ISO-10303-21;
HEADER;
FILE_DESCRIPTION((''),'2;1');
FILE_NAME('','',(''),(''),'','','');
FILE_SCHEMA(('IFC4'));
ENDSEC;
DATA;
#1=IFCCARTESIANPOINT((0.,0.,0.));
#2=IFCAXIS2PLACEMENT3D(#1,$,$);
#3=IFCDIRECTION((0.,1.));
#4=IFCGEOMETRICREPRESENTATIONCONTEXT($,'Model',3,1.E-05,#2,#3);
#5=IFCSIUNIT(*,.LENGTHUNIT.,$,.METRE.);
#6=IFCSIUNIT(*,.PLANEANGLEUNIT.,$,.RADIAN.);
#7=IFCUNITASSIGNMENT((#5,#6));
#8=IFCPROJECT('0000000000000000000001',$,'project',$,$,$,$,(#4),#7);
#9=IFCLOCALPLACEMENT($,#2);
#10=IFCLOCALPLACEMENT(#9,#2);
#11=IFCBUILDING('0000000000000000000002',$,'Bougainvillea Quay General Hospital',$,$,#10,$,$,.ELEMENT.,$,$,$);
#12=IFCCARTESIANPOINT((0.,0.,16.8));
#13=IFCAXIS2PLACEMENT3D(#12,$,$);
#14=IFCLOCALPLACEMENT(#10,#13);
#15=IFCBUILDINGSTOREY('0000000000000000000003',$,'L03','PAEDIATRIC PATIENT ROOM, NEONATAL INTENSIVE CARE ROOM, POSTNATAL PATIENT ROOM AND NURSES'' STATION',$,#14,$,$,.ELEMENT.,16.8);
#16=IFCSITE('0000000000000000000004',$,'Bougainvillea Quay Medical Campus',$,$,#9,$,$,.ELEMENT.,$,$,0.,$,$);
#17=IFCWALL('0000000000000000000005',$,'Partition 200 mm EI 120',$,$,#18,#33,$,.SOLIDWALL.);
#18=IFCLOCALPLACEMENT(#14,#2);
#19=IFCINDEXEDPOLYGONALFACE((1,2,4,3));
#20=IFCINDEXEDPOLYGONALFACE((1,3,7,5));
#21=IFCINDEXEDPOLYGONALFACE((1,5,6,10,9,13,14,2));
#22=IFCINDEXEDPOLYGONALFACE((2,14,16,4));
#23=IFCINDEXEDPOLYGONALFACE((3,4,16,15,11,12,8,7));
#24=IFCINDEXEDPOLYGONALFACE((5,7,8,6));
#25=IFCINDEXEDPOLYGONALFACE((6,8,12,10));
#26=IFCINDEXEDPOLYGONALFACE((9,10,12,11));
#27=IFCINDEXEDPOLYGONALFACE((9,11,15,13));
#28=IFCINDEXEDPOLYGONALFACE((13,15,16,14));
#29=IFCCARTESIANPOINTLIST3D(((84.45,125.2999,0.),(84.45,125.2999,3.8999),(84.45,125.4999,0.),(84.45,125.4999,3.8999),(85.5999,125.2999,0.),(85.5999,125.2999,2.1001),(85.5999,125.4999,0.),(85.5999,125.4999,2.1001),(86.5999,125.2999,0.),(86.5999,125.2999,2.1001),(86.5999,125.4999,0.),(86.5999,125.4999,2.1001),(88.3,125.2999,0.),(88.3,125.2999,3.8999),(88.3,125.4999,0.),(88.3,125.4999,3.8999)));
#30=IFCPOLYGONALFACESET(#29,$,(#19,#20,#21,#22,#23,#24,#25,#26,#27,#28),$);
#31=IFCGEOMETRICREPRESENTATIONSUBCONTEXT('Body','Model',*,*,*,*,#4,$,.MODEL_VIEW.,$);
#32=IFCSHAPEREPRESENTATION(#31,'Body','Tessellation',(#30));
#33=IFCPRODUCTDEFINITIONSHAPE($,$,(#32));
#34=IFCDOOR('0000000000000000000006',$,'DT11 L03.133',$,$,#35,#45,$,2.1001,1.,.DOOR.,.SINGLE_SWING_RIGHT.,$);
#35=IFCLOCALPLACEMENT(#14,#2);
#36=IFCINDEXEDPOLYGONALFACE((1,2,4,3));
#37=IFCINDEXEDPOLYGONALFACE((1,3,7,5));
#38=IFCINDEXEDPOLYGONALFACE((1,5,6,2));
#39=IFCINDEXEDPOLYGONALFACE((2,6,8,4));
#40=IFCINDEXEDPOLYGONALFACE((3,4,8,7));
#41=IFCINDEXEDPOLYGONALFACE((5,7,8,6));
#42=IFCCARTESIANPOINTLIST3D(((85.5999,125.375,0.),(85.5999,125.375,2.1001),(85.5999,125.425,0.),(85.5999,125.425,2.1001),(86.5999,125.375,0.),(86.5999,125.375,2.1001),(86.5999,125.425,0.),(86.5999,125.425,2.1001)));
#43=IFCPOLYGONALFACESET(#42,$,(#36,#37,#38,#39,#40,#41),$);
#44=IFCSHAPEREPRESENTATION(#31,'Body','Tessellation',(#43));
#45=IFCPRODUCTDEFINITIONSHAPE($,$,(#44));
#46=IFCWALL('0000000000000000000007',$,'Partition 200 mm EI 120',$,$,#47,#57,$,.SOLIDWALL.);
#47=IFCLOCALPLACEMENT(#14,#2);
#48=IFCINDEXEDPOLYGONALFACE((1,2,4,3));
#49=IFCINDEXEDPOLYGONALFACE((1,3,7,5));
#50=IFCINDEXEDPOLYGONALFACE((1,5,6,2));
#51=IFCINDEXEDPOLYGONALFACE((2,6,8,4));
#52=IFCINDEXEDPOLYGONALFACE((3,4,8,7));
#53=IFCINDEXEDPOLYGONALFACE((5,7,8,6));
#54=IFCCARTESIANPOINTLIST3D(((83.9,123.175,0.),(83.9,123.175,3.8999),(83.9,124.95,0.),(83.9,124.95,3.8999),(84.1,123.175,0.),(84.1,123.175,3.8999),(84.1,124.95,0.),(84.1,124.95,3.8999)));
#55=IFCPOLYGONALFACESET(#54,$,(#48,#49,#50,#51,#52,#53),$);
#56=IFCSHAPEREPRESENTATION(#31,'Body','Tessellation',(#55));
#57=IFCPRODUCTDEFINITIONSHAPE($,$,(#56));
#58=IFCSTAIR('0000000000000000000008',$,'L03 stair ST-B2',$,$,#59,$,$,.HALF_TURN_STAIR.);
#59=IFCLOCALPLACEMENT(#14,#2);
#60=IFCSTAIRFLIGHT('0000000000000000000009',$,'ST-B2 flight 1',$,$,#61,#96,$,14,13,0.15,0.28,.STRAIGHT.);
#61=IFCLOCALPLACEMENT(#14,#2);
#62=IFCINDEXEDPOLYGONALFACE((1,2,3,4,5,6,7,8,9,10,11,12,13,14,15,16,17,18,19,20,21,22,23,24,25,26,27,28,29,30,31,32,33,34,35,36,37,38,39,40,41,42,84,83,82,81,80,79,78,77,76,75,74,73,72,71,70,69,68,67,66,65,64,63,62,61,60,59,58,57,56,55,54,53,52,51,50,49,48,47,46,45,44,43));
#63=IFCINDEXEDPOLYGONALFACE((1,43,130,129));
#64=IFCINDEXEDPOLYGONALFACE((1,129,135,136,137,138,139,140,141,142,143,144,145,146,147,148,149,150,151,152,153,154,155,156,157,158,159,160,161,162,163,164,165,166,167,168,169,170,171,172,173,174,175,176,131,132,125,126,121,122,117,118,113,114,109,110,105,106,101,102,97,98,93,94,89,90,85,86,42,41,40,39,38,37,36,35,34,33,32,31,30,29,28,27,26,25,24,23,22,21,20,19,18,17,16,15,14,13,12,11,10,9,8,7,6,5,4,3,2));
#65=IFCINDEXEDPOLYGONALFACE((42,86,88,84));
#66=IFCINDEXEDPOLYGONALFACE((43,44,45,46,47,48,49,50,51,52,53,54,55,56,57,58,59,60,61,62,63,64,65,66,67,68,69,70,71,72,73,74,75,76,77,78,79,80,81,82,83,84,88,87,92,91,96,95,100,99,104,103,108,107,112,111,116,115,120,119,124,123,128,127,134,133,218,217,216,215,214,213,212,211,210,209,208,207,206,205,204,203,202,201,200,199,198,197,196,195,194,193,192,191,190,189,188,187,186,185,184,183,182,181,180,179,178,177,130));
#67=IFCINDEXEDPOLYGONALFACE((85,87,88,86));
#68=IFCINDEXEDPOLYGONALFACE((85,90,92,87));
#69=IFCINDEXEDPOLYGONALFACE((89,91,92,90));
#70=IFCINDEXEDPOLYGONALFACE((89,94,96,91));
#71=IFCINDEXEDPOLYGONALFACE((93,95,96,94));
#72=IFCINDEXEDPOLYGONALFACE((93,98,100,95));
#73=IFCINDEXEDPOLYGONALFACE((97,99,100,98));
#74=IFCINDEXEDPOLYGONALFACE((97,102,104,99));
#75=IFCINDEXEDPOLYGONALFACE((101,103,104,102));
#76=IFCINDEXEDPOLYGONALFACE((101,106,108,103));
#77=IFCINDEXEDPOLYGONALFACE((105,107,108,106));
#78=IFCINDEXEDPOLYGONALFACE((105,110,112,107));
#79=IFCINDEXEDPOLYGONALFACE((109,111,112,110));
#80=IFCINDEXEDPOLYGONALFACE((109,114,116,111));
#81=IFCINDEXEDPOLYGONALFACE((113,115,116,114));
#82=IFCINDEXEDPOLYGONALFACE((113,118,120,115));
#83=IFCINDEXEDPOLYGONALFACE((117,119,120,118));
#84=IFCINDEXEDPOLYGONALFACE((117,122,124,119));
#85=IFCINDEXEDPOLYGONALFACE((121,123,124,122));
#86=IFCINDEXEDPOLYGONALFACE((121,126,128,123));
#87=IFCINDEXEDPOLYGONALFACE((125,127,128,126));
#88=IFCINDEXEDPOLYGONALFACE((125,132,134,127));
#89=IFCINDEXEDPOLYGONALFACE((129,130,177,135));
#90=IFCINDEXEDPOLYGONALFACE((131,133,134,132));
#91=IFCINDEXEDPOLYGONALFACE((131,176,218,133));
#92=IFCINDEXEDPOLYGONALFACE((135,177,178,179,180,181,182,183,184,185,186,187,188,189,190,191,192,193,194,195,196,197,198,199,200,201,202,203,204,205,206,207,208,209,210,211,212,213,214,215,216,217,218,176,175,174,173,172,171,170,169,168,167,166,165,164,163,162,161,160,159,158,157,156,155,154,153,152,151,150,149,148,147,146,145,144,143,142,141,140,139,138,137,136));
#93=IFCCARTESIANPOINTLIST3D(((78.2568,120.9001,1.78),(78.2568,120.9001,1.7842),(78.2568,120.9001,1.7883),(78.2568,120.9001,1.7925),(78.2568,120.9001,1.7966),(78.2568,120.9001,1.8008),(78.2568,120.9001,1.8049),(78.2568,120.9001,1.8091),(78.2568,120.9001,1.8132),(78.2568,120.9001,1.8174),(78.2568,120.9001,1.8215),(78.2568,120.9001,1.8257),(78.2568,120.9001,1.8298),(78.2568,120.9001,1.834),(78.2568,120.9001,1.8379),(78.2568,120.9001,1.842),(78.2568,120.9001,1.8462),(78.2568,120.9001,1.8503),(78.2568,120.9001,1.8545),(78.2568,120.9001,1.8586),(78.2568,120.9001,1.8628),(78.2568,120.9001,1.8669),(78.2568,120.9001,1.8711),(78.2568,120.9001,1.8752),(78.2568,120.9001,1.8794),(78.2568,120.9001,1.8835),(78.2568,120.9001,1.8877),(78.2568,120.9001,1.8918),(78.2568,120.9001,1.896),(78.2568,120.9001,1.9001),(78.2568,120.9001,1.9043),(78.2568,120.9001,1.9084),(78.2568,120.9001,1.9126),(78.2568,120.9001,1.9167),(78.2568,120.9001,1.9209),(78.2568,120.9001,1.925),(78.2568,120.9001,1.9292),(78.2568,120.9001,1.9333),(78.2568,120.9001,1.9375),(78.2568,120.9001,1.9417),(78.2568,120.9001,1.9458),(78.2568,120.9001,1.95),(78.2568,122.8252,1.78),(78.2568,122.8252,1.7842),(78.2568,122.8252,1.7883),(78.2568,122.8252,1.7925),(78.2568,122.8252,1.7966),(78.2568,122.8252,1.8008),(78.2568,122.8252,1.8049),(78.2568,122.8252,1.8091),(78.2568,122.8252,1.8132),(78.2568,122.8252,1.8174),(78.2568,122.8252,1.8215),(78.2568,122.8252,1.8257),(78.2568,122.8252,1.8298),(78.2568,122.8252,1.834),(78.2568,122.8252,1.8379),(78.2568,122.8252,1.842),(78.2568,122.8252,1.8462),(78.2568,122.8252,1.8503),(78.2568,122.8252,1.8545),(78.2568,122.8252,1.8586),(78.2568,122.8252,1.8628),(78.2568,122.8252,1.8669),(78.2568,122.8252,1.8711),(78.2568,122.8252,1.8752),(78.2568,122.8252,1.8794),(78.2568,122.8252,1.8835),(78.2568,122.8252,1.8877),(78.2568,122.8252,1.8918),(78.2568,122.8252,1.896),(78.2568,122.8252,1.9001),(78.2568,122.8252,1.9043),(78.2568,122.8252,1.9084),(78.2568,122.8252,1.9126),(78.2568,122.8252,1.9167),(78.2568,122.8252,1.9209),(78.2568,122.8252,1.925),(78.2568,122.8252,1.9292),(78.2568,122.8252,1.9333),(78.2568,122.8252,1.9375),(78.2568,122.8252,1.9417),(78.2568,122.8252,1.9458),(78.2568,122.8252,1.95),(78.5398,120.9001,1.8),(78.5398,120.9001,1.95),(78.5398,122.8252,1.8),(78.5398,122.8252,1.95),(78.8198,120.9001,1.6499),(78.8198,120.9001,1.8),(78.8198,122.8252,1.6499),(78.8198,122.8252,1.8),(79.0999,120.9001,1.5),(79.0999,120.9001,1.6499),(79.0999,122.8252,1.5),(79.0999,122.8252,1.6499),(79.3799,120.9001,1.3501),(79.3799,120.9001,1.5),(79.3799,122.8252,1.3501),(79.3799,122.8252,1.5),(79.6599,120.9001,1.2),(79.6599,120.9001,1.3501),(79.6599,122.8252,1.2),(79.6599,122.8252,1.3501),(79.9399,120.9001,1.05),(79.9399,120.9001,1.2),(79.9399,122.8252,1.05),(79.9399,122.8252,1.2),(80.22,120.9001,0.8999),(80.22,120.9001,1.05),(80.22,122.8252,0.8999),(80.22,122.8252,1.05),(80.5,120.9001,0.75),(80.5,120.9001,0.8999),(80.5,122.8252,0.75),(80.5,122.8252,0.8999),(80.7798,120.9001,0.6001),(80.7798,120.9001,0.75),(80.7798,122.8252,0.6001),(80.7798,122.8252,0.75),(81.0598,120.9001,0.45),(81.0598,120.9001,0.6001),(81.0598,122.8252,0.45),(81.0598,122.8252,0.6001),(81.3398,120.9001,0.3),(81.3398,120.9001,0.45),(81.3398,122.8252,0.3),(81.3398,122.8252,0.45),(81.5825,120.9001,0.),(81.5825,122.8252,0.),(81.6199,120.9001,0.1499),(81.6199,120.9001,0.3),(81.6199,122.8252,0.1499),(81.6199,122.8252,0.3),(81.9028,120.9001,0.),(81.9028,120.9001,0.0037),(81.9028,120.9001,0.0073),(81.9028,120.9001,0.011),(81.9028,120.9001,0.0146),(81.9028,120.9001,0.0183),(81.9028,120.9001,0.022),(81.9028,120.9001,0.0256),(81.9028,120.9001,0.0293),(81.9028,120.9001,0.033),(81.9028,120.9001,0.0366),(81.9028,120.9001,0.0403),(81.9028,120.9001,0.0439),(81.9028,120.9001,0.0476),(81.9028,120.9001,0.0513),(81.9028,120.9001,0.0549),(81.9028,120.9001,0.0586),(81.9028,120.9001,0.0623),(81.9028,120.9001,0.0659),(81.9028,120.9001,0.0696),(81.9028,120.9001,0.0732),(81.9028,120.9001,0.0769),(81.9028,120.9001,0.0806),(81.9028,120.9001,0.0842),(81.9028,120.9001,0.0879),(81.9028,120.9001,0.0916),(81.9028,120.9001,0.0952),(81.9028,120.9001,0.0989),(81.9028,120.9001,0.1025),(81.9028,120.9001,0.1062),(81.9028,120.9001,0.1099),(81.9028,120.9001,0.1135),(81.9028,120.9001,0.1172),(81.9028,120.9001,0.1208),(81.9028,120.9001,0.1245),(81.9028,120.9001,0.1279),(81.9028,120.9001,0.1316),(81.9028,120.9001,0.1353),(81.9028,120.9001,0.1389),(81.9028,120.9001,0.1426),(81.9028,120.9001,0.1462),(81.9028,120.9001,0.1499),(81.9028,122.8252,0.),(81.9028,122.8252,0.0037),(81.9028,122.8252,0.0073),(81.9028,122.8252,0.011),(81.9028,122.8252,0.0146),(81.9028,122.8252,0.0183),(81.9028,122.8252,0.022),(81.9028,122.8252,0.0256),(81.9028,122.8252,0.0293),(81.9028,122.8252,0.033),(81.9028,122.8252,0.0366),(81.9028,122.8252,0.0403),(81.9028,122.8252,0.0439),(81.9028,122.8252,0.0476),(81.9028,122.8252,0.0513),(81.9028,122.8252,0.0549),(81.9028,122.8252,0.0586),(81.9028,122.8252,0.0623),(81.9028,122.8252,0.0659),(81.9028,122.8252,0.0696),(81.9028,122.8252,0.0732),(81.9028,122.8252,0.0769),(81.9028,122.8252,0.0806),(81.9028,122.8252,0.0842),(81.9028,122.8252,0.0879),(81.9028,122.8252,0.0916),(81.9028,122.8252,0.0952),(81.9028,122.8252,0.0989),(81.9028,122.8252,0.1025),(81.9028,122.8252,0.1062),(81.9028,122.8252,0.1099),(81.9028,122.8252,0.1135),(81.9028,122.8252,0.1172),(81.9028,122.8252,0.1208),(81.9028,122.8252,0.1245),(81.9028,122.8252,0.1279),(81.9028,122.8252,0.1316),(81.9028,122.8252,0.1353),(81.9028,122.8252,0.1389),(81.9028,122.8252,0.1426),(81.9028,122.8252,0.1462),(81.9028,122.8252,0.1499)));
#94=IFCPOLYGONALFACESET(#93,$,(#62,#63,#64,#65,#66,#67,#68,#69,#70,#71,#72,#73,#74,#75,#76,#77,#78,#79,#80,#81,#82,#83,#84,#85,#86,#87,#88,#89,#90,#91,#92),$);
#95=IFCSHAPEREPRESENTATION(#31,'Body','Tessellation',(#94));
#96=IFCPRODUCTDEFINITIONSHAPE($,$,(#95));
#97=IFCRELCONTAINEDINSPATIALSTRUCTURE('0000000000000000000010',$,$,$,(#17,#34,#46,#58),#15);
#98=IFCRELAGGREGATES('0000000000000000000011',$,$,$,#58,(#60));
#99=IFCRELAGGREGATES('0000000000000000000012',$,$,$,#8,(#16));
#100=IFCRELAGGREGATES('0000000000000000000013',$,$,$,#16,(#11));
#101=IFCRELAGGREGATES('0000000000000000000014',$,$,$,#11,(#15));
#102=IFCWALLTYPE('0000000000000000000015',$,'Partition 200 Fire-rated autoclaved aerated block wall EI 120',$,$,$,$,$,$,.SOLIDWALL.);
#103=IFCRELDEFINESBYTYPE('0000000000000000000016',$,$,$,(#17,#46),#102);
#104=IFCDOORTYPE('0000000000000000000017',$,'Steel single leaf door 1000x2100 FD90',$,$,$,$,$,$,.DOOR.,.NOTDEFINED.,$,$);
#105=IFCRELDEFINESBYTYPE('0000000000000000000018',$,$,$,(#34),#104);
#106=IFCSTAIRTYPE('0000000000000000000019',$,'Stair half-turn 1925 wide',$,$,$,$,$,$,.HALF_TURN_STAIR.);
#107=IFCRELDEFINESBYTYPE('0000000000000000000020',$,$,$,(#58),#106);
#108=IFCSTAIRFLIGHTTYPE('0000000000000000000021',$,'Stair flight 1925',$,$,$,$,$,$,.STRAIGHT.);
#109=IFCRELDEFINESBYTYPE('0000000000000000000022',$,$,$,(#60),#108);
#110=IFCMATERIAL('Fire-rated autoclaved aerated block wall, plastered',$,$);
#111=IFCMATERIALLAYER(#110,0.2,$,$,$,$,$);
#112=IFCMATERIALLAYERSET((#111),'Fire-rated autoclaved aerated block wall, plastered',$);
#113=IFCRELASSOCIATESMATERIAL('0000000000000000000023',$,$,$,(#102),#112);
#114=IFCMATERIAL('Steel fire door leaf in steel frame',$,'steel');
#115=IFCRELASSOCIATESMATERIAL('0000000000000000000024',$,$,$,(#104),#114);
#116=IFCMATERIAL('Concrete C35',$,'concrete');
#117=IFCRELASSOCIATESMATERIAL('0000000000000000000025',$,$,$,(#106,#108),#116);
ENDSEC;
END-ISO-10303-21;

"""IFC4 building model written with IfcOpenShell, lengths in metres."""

from ifc_helpers import new_model, si_unit, direction, frame, frame_2d, origin, place, context, subcontext, project, spatial, polyline, rectangle, outline, extrude, material, layer, layer_set, type_object, element, fill, aggregate, save


model = new_model("IFC4")

# Units and contexts
model_context = context("Model", 3, precision=1e-05, world=origin(), true_north=direction((0.0, 1.0)))
body_context = subcontext(model_context, "Body", "Model", "MODEL_VIEW")
ifc_project = project(units=[si_unit("LENGTHUNIT", "METRE"), si_unit("PLANEANGLEUNIT", "RADIAN")], contexts=[model_context])

# Site, building, storey
site_placement = place(None, origin())
site = spatial("IfcSite", under=ifc_project, at=site_placement, Name="Bougainvillea Quay Medical Campus", CompositionType="ELEMENT", RefElevation=0.0)
building_placement = place(site_placement, origin())
building = spatial("IfcBuilding", under=site, at=building_placement, Name="Bougainvillea Quay General Hospital", CompositionType="ELEMENT")
storey_placement = place(building_placement, frame((0.0, 0.0, 16.8)))
storey = spatial("IfcBuildingStorey", under=building, at=storey_placement, Name="L03", Description="PAEDIATRIC PATIENT ROOM, NEONATAL INTENSIVE CARE ROOM, POSTNATAL PATIENT ROOM AND NURSES' STATION", CompositionType="ELEMENT", Elevation=16.8)

# Wall, opening, door
ifc_material_1 = material(Name="Fire-rated autoclaved aerated block wall, plastered")
ifc_layer_1 = layer(ifc_material_1, 0.2)
ifc_layer_set_1 = layer_set([ifc_layer_1], Name="Fire-rated autoclaved aerated block wall, plastered")
wall_type_1 = type_object("IfcWallType", Name="Partition 200 Fire-rated autoclaved aerated block wall EI 120", PredefinedType="SOLIDWALL", material=ifc_layer_set_1)
wall_1_placement = place(storey_placement, frame((84.45, 125.3999, 0.0), z_axis=(0.0, 0.0, 1.0), x_axis=(1.0, 0.0, 0.0)))
wall_1 = element("IfcWall", 1, at=wall_1_placement, inside=storey, type_object=wall_type_1, Name="Partition 200 mm EI 120", PredefinedType="SOLIDWALL", context=body_context, shape_type="SweptSolid", body=[
    extrude(rectangle(XDim=3.8501, YDim=0.2, at=frame_2d((1.925, 0.0))), origin(), (0.0, 0.0, 1.0), 3.8999),
])
opening_1_placement = place(wall_1_placement, frame((1.1499, 0.0, 0.0)))
opening_1 = element("IfcOpeningElement", 2, at=opening_1_placement, cuts=wall_1, PredefinedType="OPENING", context=body_context, shape_type="SweptSolid", body=[
    extrude(rectangle(XDim=1.0, YDim=2.1001, at=frame_2d((0.5, 1.05))), frame((0.0, 0.1099, 0.0), z_axis=(0.0, -1.0, 0.0), x_axis=(1.0, 0.0, 0.0)), (0.0, 0.0, 1.0), 0.22),
])
ifc_material_2 = material(Name="Steel fire door leaf in steel frame", Category="steel")
door_type_1 = type_object("IfcDoorType", Name="Steel single leaf door 1000x2100 FD90", OperationType="NOTDEFINED", PredefinedType="DOOR", material=ifc_material_2)
door_1_placement = place(opening_1_placement, frame((1.0, 0.0, 0.0), z_axis=(0.0, 0.0, 1.0), x_axis=(-1.0, 0.0, 0.0)))
door_1 = element("IfcDoor", 3, at=door_1_placement, inside=storey, type_object=door_type_1, Name="DT11 L03.133", OperationType="SINGLE_SWING_RIGHT", OverallHeight=2.1001, OverallWidth=1.0, PredefinedType="DOOR", context=body_context, shape_type="SweptSolid", body=[
    extrude(rectangle(XDim=1.0, YDim=2.1001, at=frame_2d((0.5, 1.05))), frame((0.0, 0.0249, 0.0), z_axis=(0.0, -1.0, 0.0), x_axis=(1.0, 0.0, 0.0)), (0.0, 0.0, 1.0), 0.05),
])
fill(opening_1, door_1)

# Wall
wall_2_placement = place(storey_placement, frame((84.0, 123.175, 0.0), z_axis=(0.0, 0.0, 1.0), x_axis=(0.0, 1.0, 0.0)))
element("IfcWall", 4, at=wall_2_placement, inside=storey, type_object=wall_type_1, Name="Partition 200 mm EI 120", PredefinedType="SOLIDWALL", context=body_context, shape_type="SweptSolid", body=[
    extrude(rectangle(XDim=1.7749, YDim=0.2, at=frame_2d((0.8875, 0.0))), origin(), (0.0, 0.0, 1.0), 3.8999),
])

# Stair, stair flight
ifc_material_3 = material(Name="Concrete C35", Category="concrete")
stair_type = type_object("IfcStairType", Name="Stair half-turn 1925 wide", PredefinedType="HALF_TURN_STAIR", material=ifc_material_3)
stair_placement = place(storey_placement, origin())
stair = element("IfcStair", 5, at=stair_placement, inside=storey, type_object=stair_type, Name="L03 stair ST-B2", PredefinedType="HALF_TURN_STAIR")
stair_flight_type = type_object("IfcStairFlightType", Name="Stair flight 1925", PredefinedType="STRAIGHT", material=ifc_material_3)
stair_flight_placement = place(storey_placement, frame((81.8999, 121.8625, 0.0), z_axis=(0.0, 0.0, 1.0), x_axis=(-1.0, 0.0, 0.0)))
stair_flight = element("IfcStairFlight", 6, at=stair_flight_placement, type_object=stair_flight_type, Name="ST-B2 flight 1", NumberOfRisers=14, NumberOfTreads=13, PredefinedType="STRAIGHT", RiserHeight=0.15, TreadLength=0.28, context=body_context, shape_type="SweptSolid", body=[
    extrude(outline(polyline([(-0.0029, 0.0), (-0.0029, 0.0037), (-0.0029, 0.0073), (-0.0029, 0.011), (-0.0029, 0.0146), (-0.0029, 0.0183), (-0.0029, 0.022), (-0.0029, 0.0256), (-0.0029, 0.0293), (-0.0029, 0.033), (-0.0029, 0.0366), (-0.0029, 0.0403), (-0.0029, 0.0439), (-0.0029, 0.0476), (-0.0029, 0.0513), (-0.0029, 0.0549), (-0.0029, 0.0586), (-0.0029, 0.0623), (-0.0029, 0.0659), (-0.0029, 0.0696), (-0.0029, 0.0732), (-0.0029, 0.0769), (-0.0029, 0.0806), (-0.0029, 0.0842), (-0.0029, 0.0879), (-0.0029, 0.0916), (-0.0029, 0.0952), (-0.0029, 0.0989), (-0.0029, 0.1025), (-0.0029, 0.1062), (-0.0029, 0.1099), (-0.0029, 0.1135), (-0.0029, 0.1172), (-0.0029, 0.1208), (-0.0029, 0.1245), (-0.0029, 0.1279), (-0.0029, 0.1316), (-0.0029, 0.1353), (-0.0029, 0.1389), (-0.0029, 0.1426), (-0.0029, 0.1462), (-0.0029, 0.1499), (0.28, 0.1499), (0.28, 0.3), (0.5601, 0.3), (0.5601, 0.45), (0.8401, 0.45), (0.8401, 0.6001), (1.1201, 0.6001), (1.1201, 0.75), (1.3999, 0.75), (1.3999, 0.8999), (1.6799, 0.8999), (1.6799, 1.05), (1.96, 1.05), (1.96, 1.2), (2.24, 1.2), (2.24, 1.3501), (2.52, 1.3501), (2.52, 1.5), (2.8, 1.5), (2.8, 1.6499), (3.0801, 1.6499), (3.0801, 1.8), (3.3601, 1.8), (3.3601, 1.95), (3.6431, 1.95), (3.6431, 1.9458), (3.6431, 1.9417), (3.6431, 1.9375), (3.6431, 1.9333), (3.6431, 1.9292), (3.6431, 1.925), (3.6431, 1.9209), (3.6431, 1.9167), (3.6431, 1.9126), (3.6431, 1.9084), (3.6431, 1.9043), (3.6431, 1.9001), (3.6431, 1.896), (3.6431, 1.8918), (3.6431, 1.8877), (3.6431, 1.8835), (3.6431, 1.8794), (3.6431, 1.8752), (3.6431, 1.8711), (3.6431, 1.8669), (3.6431, 1.8628), (3.6431, 1.8586), (3.6431, 1.8545), (3.6431, 1.8503), (3.6431, 1.8462), (3.6431, 1.842), (3.6431, 1.8379), (3.6431, 1.834), (3.6431, 1.8298), (3.6431, 1.8257), (3.6431, 1.8215), (3.6431, 1.8174), (3.6431, 1.8132), (3.6431, 1.8091), (3.6431, 1.8049), (3.6431, 1.8008), (3.6431, 1.7966), (3.6431, 1.7925), (3.6431, 1.7883), (3.6431, 1.7842), (3.6431, 1.78), (0.3174, 0.0), (-0.0029, 0.0)])), frame((0.0, 0.9624, 0.0), z_axis=(0.0, -1.0, 0.0), x_axis=(1.0, 0.0, 0.0)), (0.0, 0.0, 1.0), 1.925),
])
aggregate(stair, [stair_flight])

save(model, "model.ifc")
